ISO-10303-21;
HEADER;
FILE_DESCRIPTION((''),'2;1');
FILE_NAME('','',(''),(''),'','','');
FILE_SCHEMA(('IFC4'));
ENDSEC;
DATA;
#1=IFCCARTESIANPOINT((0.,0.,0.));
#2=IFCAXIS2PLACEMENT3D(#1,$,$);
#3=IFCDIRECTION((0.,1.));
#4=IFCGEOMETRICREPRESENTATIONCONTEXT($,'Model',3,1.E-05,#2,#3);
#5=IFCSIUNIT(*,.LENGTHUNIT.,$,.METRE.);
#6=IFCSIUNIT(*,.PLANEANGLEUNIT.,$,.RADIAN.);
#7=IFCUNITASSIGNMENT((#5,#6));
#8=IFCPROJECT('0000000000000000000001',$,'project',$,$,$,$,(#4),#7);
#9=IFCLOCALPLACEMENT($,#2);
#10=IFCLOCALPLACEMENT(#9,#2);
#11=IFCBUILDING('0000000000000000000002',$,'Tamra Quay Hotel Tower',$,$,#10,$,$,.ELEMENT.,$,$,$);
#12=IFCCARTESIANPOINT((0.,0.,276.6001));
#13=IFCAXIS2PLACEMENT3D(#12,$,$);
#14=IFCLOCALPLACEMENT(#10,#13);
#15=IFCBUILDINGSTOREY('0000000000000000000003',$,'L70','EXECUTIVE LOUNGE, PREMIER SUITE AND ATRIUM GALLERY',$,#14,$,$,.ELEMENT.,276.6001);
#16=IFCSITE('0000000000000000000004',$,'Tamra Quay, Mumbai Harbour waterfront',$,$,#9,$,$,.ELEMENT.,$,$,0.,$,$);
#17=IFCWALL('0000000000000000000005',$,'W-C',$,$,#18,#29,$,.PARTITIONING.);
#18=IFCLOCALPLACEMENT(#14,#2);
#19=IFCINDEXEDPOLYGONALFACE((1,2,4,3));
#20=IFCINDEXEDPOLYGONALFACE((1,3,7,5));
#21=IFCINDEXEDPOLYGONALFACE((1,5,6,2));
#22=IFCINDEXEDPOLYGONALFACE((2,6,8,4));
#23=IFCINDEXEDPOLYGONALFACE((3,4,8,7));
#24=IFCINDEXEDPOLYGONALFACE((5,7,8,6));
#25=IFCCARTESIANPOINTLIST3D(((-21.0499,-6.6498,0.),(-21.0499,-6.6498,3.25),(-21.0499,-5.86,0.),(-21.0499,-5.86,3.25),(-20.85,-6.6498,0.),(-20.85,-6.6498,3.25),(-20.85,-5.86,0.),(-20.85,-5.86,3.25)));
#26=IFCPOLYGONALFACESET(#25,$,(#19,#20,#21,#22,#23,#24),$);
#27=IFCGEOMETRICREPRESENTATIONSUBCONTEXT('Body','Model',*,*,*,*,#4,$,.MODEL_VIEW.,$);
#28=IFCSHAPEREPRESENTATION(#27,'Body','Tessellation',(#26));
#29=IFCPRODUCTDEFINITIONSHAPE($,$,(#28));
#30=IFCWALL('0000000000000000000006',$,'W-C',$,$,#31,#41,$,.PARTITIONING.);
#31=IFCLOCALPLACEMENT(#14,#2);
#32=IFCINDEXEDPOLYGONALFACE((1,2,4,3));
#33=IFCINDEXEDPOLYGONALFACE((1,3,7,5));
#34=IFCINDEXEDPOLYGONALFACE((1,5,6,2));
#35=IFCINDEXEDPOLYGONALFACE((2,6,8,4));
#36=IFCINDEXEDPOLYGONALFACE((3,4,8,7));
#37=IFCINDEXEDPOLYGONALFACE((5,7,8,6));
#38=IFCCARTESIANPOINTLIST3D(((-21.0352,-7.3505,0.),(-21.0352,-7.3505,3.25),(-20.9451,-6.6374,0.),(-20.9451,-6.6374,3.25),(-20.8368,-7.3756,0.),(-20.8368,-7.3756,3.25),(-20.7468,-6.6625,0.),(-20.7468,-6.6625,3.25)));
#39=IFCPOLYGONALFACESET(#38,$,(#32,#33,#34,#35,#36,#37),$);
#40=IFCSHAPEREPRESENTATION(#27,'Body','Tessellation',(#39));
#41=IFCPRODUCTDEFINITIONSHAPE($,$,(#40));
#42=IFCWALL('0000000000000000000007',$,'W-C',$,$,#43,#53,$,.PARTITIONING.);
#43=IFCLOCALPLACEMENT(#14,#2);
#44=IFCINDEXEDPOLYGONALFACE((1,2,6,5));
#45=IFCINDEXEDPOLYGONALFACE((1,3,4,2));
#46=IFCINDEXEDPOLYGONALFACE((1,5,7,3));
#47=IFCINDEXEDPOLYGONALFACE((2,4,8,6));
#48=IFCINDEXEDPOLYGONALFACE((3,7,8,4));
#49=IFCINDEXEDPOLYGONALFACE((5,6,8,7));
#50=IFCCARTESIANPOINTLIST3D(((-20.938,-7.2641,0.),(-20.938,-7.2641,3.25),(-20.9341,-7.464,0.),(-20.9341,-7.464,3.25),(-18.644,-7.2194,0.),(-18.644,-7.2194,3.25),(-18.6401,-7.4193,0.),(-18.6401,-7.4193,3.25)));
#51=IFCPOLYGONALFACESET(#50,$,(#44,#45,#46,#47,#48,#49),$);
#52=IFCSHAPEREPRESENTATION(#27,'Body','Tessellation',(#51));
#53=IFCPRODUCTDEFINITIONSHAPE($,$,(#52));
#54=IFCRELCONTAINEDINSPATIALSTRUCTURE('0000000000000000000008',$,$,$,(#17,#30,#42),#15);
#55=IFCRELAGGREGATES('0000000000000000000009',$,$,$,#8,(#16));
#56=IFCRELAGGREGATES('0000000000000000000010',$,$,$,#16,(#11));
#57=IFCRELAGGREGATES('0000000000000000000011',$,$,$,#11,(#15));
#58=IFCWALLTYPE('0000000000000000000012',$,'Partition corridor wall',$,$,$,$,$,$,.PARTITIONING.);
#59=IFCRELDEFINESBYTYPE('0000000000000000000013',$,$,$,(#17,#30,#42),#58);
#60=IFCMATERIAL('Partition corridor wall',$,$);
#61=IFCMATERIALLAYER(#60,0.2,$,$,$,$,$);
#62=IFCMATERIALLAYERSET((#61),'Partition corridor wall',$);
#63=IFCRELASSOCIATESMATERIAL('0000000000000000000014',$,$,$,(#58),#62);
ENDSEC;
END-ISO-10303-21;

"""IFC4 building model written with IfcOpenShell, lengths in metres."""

from ifc_helpers import new_model, si_unit, direction, frame, frame_2d, origin, place, context, subcontext, project, spatial, rectangle, extrude, material, layer, layer_set, type_object, element, save


model = new_model("IFC4")

# Units and contexts
model_context = context("Model", 3, precision=1e-05, world=origin(), true_north=direction((0.0, 1.0)))
body_context = subcontext(model_context, "Body", "Model", "MODEL_VIEW")
ifc_project = project(units=[si_unit("LENGTHUNIT", "METRE"), si_unit("PLANEANGLEUNIT", "RADIAN")], contexts=[model_context])

# Site, building, storey
site_placement = place(None, origin())
site = spatial("IfcSite", under=ifc_project, at=site_placement, Name="Tamra Quay, Mumbai Harbour waterfront", CompositionType="ELEMENT", RefElevation=0.0)
building_placement = place(site_placement, origin())
building = spatial("IfcBuilding", under=site, at=building_placement, Name="Tamra Quay Hotel Tower", CompositionType="ELEMENT")
storey_placement = place(building_placement, frame((0.0, 0.0, 276.6001)))
storey = spatial("IfcBuildingStorey", under=building, at=storey_placement, Name="L70", Description="EXECUTIVE LOUNGE, PREMIER SUITE AND ATRIUM GALLERY", CompositionType="ELEMENT", Elevation=276.6001)

# Walls
ifc_material_1 = material(Name="Partition corridor wall")
ifc_layer_1 = layer(ifc_material_1, 0.2)
ifc_layer_set_1 = layer_set([ifc_layer_1], Name="Partition corridor wall")
wall_type_1 = type_object("IfcWallType", Name="Partition corridor wall", PredefinedType="PARTITIONING", material=ifc_layer_set_1)
wall_1_placement = place(storey_placement, frame((-20.95, -6.6499, 0.0), z_axis=(0.0, 0.0, 1.0), x_axis=(0.0, 1.0, 0.0)))
element("IfcWall", 1, at=wall_1_placement, inside=storey, type_object=wall_type_1, Name="W-C", PredefinedType="PARTITIONING", context=body_context, shape_type="SweptSolid", body=[
    extrude(rectangle(XDim=0.7898, YDim=0.2, at=frame_2d((0.395, 0.0))), origin(), (0.0, 0.0, 1.0), 3.25),
])
wall_2_placement = place(storey_placement, frame((-20.936, -7.363, 0.0), z_axis=(0.0, 0.0, 1.0), x_axis=(0.125331, 0.992115, 0.0)))
element("IfcWall", 2, at=wall_2_placement, inside=storey, type_object=wall_type_1, Name="W-C", PredefinedType="PARTITIONING", context=body_context, shape_type="SweptSolid", body=[
    extrude(rectangle(XDim=0.7188, YDim=0.2, at=frame_2d((0.3594, 0.0))), origin(), (0.0, 0.0, 1.0), 3.25),
])
wall_3_placement = place(storey_placement, frame((-20.936, -7.364, 0.0), z_axis=(0.0, 0.0, 1.0), x_axis=(0.99981, 0.019473, 0.0)))
element("IfcWall", 3, at=wall_3_placement, inside=storey, type_object=wall_type_1, Name="W-C", PredefinedType="PARTITIONING", context=body_context, shape_type="SweptSolid", body=[
    extrude(rectangle(XDim=2.2944, YDim=0.2, at=frame_2d((1.1472, 0.0))), origin(), (0.0, 0.0, 1.0), 3.25),
])

save(model, "model.ifc")
